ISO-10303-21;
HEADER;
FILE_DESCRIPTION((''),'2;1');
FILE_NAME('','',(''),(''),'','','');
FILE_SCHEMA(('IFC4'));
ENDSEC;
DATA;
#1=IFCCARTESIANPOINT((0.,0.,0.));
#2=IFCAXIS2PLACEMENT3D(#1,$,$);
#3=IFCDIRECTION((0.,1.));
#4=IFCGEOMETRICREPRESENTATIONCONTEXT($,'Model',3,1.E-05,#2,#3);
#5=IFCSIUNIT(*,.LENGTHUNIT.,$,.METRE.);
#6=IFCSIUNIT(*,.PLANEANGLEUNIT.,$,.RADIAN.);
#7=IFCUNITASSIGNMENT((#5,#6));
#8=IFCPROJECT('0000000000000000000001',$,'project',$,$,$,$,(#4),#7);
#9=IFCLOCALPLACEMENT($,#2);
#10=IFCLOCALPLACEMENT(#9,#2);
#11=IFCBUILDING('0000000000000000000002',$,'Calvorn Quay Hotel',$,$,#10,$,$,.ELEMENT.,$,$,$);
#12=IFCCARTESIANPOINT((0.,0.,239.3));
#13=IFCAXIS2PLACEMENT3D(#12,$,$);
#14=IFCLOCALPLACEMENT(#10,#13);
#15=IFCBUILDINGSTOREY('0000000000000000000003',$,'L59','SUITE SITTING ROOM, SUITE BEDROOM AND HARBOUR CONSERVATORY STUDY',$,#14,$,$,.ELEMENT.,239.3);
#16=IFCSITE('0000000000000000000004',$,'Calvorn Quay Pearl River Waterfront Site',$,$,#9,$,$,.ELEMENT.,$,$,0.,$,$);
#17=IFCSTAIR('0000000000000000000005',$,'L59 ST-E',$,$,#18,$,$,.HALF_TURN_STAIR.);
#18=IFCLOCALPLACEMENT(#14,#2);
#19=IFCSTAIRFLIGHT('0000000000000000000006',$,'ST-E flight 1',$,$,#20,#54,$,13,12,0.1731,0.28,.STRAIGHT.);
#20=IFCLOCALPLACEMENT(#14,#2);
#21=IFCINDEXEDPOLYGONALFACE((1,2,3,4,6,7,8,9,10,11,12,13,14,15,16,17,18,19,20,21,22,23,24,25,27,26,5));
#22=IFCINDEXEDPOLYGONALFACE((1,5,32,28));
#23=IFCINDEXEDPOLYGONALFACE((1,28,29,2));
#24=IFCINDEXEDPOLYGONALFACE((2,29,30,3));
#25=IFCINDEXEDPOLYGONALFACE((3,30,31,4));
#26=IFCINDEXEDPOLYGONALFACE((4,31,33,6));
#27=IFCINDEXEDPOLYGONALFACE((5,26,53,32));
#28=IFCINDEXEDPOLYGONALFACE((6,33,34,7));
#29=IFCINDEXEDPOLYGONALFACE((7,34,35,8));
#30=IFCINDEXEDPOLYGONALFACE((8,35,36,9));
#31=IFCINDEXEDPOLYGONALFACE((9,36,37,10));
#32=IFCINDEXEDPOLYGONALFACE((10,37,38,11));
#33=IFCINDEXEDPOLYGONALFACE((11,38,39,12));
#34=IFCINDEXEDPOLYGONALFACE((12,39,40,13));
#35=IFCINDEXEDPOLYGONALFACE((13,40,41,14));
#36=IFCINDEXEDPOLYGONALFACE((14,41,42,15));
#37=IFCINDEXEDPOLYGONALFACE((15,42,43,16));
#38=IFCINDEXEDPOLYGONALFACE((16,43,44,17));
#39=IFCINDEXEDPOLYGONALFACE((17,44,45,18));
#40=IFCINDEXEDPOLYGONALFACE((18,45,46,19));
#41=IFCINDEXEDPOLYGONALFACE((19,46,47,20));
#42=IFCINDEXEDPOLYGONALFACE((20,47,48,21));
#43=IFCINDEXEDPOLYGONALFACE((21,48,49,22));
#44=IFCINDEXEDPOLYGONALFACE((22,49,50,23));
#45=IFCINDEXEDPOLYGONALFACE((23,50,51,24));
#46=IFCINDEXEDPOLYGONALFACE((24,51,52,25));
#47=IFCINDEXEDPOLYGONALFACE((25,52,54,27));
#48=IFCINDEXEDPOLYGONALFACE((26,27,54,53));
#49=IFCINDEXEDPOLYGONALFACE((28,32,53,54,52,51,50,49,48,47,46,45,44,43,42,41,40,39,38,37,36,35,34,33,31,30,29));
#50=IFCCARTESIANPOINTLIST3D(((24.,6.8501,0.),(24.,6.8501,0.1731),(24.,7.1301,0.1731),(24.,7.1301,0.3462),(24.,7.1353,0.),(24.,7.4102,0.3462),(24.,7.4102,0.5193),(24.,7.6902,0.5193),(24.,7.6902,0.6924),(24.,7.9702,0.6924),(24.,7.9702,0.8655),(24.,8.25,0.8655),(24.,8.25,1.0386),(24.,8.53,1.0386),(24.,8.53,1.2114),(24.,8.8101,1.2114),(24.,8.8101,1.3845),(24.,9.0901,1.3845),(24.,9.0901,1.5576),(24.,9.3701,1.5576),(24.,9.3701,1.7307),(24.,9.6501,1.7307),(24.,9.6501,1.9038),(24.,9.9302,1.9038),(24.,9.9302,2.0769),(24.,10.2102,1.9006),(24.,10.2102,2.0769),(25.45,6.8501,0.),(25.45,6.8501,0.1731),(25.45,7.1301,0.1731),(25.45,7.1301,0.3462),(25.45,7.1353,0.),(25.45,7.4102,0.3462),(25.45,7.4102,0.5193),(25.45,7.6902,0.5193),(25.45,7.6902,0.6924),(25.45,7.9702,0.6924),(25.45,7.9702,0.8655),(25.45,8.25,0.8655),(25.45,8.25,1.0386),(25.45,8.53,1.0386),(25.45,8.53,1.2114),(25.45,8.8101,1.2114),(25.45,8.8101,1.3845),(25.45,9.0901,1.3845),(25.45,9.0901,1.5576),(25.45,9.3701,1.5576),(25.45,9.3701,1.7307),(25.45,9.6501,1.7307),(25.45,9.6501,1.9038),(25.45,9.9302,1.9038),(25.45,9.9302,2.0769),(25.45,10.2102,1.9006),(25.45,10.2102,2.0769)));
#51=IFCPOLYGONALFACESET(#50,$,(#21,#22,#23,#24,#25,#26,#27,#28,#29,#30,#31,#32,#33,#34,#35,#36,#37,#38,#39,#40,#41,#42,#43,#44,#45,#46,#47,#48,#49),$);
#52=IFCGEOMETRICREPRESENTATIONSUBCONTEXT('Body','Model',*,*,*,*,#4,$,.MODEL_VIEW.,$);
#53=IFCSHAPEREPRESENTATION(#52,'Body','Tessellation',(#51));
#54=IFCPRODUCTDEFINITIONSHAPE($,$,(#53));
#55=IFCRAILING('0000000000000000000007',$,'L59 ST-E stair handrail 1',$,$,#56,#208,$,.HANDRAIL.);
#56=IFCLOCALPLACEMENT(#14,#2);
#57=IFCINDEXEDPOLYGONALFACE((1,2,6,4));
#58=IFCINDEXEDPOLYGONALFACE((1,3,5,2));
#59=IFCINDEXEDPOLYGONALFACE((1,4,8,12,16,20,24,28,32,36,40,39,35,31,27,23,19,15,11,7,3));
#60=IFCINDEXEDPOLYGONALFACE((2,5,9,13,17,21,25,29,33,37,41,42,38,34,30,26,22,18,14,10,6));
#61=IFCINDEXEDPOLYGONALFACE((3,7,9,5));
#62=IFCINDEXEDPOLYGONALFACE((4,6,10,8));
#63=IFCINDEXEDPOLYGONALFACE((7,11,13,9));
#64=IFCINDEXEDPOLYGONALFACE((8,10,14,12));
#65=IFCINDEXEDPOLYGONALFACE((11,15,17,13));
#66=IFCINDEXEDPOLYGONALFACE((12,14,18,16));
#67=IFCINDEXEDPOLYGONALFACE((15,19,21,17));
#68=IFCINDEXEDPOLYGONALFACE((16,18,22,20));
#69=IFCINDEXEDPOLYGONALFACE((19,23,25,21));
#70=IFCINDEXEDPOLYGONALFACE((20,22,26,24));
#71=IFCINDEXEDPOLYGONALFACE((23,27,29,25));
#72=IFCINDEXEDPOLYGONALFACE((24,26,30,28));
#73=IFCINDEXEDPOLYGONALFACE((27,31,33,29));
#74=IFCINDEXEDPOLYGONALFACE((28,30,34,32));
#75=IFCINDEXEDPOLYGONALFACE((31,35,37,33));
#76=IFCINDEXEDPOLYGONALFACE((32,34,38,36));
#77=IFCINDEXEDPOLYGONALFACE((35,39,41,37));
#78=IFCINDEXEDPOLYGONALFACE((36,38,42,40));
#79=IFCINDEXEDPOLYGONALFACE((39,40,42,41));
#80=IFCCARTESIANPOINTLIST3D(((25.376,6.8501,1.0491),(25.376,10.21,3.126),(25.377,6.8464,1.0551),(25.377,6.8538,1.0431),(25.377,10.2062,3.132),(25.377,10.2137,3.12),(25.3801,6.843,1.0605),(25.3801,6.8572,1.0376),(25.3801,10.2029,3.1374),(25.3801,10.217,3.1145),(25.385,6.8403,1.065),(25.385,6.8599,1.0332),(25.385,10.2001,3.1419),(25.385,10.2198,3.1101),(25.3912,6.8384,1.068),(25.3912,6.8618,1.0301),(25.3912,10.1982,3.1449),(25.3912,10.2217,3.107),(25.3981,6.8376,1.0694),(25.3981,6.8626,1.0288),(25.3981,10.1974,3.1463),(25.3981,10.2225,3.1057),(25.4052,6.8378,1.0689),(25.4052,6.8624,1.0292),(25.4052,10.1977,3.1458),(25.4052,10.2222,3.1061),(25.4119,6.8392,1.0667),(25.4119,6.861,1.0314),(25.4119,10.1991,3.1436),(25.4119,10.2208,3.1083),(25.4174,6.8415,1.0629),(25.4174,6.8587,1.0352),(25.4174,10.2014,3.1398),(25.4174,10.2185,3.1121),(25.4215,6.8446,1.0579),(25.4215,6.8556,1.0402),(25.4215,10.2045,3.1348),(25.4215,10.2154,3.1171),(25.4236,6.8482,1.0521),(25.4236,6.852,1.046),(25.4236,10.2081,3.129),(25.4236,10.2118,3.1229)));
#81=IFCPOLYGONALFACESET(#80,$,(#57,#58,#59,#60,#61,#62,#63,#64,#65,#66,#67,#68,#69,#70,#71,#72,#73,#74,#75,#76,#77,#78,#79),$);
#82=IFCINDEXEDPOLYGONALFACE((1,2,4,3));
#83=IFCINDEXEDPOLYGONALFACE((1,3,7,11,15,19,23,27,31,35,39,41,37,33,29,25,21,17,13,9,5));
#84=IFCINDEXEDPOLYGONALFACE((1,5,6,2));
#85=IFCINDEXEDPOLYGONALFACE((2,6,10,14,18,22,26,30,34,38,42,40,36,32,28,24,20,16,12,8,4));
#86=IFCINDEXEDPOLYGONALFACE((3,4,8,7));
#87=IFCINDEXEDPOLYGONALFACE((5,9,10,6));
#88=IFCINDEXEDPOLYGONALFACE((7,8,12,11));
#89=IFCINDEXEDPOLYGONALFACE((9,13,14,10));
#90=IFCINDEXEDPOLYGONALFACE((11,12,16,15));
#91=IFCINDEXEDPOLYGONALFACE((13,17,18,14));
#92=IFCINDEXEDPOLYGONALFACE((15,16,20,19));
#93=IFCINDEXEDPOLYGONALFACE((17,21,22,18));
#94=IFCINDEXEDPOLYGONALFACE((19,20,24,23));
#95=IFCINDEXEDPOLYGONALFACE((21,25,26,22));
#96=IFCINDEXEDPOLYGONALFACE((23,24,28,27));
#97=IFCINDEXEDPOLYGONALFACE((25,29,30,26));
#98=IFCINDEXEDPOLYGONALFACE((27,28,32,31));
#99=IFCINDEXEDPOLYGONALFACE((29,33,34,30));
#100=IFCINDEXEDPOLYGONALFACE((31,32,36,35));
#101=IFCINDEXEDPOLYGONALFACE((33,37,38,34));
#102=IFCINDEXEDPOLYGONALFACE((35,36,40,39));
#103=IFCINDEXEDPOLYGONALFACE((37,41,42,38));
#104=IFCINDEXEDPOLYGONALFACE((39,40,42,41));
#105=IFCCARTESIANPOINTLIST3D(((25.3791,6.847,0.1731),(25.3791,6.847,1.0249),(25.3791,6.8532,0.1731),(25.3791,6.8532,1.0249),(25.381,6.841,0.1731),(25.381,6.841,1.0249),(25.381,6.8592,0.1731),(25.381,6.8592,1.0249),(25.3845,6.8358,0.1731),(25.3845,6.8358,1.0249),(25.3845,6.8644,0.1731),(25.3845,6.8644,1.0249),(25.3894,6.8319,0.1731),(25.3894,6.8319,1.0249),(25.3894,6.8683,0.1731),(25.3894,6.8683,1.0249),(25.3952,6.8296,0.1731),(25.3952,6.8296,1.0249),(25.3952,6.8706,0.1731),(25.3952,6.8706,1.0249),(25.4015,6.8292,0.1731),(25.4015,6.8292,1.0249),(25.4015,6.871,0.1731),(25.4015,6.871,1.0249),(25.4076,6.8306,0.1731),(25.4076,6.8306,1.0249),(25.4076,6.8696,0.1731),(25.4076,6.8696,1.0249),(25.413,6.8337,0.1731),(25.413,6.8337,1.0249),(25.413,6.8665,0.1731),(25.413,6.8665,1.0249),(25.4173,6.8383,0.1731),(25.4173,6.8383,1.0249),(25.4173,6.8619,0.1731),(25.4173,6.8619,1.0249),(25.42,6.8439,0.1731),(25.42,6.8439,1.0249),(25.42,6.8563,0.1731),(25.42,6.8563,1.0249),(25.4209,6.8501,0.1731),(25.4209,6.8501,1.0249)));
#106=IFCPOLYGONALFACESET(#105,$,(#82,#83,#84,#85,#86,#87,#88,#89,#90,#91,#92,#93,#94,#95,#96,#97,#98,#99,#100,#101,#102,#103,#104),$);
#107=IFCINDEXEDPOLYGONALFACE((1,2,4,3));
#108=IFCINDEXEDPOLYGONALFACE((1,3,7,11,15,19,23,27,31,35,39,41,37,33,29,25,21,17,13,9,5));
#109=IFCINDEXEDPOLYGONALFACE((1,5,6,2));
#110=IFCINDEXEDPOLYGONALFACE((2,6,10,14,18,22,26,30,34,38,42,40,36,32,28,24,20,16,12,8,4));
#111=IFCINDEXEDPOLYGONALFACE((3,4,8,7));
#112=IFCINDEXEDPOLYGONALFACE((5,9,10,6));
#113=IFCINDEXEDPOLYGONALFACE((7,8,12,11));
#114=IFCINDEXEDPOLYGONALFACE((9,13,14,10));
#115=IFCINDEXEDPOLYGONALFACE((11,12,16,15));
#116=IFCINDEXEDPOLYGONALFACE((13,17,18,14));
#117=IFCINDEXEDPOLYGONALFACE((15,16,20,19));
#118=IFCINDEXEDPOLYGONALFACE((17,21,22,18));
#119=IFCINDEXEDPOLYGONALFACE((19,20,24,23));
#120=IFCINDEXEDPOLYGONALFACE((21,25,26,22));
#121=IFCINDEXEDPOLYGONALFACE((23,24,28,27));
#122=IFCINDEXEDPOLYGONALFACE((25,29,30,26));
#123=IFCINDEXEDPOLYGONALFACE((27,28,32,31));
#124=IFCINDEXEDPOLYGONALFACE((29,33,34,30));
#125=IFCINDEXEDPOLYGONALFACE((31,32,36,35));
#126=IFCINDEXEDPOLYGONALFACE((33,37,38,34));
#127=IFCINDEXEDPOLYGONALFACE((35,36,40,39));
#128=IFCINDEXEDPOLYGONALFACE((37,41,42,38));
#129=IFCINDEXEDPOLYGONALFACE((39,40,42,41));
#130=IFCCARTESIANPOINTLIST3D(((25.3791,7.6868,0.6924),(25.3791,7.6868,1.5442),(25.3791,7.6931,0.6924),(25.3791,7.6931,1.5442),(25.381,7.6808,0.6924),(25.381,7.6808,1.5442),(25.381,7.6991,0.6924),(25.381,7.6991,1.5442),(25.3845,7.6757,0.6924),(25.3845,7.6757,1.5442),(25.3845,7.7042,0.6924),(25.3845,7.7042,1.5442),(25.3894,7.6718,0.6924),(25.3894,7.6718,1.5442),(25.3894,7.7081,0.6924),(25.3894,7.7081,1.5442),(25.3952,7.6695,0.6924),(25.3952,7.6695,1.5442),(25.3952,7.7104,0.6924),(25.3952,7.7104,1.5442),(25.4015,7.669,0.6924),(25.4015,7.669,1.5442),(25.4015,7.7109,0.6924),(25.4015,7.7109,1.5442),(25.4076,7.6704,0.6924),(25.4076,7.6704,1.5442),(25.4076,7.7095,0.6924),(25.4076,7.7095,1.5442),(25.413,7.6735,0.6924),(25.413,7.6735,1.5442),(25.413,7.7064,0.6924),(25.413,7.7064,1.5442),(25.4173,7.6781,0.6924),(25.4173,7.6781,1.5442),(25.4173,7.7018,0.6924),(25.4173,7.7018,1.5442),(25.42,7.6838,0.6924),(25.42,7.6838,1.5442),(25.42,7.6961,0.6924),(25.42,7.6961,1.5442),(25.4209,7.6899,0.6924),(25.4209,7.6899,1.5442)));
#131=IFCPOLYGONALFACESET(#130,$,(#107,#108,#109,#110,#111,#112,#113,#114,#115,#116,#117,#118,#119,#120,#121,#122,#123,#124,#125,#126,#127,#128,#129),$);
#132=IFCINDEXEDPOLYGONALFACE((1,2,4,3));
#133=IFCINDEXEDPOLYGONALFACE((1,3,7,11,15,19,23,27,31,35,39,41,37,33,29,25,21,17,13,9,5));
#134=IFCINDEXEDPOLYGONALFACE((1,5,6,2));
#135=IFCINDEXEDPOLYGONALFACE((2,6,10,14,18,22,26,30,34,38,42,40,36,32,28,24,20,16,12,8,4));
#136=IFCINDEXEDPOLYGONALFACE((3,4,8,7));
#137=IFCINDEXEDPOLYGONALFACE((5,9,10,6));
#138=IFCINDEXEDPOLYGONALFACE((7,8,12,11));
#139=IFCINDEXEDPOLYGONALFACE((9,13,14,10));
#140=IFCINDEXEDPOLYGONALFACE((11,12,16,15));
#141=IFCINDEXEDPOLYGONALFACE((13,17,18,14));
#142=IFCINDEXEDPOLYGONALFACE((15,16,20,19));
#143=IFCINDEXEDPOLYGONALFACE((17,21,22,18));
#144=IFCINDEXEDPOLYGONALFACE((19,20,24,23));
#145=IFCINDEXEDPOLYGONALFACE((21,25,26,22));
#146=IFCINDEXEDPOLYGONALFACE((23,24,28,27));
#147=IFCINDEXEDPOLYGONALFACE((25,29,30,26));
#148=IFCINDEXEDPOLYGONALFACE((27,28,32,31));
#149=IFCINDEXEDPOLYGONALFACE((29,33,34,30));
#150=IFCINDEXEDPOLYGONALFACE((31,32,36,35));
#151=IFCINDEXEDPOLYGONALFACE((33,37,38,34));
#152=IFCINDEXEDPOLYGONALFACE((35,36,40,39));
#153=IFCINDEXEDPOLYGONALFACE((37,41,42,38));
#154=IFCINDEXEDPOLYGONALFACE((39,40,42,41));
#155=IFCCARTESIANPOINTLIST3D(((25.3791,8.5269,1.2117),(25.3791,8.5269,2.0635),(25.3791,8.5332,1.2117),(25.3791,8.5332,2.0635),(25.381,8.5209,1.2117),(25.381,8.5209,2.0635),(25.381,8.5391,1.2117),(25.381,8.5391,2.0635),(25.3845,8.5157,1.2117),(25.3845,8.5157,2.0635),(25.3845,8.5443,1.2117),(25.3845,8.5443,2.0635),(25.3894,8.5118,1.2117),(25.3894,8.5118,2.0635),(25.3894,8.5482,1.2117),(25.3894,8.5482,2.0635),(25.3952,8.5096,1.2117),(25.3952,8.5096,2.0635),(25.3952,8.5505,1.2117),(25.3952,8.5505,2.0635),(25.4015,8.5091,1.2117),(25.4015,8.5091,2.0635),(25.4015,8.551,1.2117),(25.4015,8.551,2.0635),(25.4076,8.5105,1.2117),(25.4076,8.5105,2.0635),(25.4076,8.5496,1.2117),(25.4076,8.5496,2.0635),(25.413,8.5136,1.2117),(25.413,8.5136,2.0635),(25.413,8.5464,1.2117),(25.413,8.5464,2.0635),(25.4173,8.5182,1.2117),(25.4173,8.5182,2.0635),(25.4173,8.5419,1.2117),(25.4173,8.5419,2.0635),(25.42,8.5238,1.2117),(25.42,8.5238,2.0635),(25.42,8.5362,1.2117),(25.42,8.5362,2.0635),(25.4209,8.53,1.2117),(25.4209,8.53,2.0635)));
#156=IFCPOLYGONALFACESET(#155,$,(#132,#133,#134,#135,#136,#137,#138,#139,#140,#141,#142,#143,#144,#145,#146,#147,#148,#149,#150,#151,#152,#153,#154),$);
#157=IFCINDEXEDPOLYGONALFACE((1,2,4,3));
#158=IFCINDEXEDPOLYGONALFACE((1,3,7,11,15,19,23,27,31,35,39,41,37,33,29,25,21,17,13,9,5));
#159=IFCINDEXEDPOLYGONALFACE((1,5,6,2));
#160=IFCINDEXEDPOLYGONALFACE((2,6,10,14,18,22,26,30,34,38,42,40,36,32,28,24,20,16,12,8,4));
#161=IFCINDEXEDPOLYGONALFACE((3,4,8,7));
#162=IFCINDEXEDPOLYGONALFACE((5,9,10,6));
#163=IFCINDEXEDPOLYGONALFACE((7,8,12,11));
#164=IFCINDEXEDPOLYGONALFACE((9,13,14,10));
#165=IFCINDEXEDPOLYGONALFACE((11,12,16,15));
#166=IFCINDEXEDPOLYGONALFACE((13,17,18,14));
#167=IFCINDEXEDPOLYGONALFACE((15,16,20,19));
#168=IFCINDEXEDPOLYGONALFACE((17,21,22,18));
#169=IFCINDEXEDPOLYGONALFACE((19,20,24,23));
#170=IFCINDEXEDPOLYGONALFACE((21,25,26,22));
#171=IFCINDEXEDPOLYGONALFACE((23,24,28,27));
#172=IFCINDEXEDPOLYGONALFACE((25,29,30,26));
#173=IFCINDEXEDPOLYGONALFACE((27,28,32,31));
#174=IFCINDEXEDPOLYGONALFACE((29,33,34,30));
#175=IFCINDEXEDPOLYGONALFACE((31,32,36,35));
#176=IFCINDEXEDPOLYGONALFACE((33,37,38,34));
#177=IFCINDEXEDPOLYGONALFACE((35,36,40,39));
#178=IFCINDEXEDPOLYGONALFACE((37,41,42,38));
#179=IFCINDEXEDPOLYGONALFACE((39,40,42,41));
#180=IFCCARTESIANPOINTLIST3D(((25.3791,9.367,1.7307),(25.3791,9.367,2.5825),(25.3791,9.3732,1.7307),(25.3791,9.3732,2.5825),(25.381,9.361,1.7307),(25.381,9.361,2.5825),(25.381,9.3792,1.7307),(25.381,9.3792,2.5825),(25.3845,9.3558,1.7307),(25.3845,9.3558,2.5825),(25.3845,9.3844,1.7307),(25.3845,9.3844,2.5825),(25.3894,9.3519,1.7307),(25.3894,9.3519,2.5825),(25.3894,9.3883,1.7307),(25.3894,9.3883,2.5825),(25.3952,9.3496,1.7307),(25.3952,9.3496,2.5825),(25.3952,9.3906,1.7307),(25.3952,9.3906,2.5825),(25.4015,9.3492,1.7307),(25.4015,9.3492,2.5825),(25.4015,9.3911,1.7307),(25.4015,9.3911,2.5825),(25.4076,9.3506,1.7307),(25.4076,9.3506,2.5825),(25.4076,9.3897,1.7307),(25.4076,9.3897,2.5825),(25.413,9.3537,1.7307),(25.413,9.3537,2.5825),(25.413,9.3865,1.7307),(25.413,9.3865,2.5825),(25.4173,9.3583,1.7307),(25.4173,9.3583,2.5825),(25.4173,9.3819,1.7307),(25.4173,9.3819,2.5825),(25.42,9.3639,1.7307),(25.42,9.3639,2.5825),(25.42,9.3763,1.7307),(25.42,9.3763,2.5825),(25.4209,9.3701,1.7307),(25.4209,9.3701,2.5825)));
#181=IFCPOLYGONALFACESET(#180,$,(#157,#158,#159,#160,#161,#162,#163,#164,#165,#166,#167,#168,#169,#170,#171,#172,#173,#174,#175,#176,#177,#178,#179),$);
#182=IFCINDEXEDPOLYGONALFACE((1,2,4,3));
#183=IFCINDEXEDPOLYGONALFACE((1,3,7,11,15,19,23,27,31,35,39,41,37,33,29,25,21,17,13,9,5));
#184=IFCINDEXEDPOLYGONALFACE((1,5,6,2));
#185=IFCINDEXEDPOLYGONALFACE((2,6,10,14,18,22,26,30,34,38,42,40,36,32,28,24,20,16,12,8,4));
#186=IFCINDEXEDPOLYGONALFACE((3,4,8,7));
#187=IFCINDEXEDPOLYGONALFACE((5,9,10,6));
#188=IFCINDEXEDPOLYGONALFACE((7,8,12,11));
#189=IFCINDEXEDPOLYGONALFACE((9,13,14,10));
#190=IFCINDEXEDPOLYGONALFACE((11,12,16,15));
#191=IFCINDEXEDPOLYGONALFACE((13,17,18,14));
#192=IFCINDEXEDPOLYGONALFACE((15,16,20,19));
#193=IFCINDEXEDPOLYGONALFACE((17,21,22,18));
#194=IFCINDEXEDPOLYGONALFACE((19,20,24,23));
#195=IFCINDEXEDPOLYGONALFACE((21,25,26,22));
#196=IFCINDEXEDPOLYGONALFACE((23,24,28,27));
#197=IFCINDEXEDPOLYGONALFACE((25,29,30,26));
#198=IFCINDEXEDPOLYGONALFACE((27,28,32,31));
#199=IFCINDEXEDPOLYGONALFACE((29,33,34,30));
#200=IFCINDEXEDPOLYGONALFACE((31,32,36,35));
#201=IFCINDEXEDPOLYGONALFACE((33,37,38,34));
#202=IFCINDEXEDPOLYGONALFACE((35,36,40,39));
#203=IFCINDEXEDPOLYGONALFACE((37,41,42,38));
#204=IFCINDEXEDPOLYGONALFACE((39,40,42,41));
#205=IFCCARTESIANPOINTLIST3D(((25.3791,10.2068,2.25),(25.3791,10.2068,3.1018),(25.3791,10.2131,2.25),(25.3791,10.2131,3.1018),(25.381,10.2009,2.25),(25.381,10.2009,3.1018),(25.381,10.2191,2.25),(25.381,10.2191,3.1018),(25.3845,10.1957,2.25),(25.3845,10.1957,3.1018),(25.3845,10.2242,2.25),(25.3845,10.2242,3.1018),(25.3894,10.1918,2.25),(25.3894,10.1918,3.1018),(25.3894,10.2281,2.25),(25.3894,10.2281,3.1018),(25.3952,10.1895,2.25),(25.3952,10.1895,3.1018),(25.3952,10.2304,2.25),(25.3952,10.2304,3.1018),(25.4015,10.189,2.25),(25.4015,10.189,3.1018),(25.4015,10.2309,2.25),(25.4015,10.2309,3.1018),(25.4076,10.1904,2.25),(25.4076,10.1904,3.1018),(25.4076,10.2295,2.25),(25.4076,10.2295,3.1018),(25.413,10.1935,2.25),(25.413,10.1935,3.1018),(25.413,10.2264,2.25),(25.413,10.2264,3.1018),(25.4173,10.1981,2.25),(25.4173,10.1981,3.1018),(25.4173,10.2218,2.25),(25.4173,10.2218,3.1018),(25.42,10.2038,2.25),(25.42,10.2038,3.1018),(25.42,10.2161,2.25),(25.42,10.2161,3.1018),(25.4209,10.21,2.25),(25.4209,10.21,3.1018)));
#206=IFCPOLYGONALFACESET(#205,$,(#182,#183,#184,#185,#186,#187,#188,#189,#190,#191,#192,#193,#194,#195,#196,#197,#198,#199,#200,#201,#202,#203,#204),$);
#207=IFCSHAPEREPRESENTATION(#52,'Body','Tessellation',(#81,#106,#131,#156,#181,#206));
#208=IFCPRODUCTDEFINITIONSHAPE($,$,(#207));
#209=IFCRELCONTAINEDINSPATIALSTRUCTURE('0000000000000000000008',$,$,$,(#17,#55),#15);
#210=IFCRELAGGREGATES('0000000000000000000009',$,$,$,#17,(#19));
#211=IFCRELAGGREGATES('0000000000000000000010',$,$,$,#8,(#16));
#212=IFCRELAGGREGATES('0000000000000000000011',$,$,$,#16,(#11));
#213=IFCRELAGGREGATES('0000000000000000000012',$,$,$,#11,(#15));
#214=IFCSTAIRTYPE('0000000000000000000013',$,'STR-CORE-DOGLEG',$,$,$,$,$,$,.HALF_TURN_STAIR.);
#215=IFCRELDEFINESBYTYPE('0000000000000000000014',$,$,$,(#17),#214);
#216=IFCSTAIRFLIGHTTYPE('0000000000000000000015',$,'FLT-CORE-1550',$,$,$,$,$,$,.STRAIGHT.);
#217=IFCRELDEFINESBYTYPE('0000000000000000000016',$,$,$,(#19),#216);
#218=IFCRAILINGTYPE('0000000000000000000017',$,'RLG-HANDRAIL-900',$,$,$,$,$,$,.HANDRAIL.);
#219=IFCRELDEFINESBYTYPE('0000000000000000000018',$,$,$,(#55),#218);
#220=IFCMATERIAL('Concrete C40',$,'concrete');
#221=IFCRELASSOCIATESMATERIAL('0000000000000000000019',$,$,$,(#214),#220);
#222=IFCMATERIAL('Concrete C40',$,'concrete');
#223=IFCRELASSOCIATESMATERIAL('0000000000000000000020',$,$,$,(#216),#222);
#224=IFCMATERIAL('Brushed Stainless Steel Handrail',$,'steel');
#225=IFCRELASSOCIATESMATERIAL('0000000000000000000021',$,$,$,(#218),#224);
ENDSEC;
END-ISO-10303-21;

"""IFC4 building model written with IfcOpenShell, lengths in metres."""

from ifc_helpers import new_model, si_unit, direction, frame, origin, origin_2d, place, context, subcontext, project, spatial, polyline, circle, outline, extrude, material, type_object, element, aggregate, save


model = new_model("IFC4")

# Units and contexts
model_context = context("Model", 3, precision=1e-05, world=origin(), true_north=direction((0.0, 1.0)))
body_context = subcontext(model_context, "Body", "Model", "MODEL_VIEW")
ifc_project = project(units=[si_unit("LENGTHUNIT", "METRE"), si_unit("PLANEANGLEUNIT", "RADIAN")], contexts=[model_context])

# Site, building, storey
site_placement = place(None, origin())
site = spatial("IfcSite", under=ifc_project, at=site_placement, Name="Calvorn Quay Pearl River Waterfront Site", CompositionType="ELEMENT", RefElevation=0.0)
building_placement = place(site_placement, origin())
building = spatial("IfcBuilding", under=site, at=building_placement, Name="Calvorn Quay Hotel", CompositionType="ELEMENT")
storey_placement = place(building_placement, frame((0.0, 0.0, 239.3)))
storey = spatial("IfcBuildingStorey", under=building, at=storey_placement, Name="L59", Description="SUITE SITTING ROOM, SUITE BEDROOM AND HARBOUR CONSERVATORY STUDY", CompositionType="ELEMENT", Elevation=239.3)

# Stair, stair flight
ifc_material_1 = material(Name="Concrete C40", Category="concrete")
stair_type = type_object("IfcStairType", Name="STR-CORE-DOGLEG", PredefinedType="HALF_TURN_STAIR", material=ifc_material_1)
stair_placement = place(storey_placement, origin())
stair = element("IfcStair", 1, at=stair_placement, inside=storey, type_object=stair_type, Name="L59 ST-E", PredefinedType="HALF_TURN_STAIR")
ifc_material_2 = material(Name="Concrete C40", Category="concrete")
stair_flight_type = type_object("IfcStairFlightType", Name="FLT-CORE-1550", PredefinedType="STRAIGHT", material=ifc_material_2)
stair_flight_placement = place(storey_placement, frame((24.7251, 6.8501, 0.0), z_axis=(0.0, 0.0, 1.0), x_axis=(0.0, 1.0, 0.0)))
stair_flight = element("IfcStairFlight", 2, at=stair_flight_placement, type_object=stair_flight_type, Name="ST-E flight 1", NumberOfRisers=13, NumberOfTreads=12, PredefinedType="STRAIGHT", RiserHeight=0.1731, TreadLength=0.28, context=body_context, shape_type="SweptSolid", body=[
    extrude(outline(polyline([(0.0, 0.0), (0.0, 0.1731), (0.28, 0.1731), (0.28, 0.3462), (0.5601, 0.3462), (0.5601, 0.5193), (0.8401, 0.5193), (0.8401, 0.6924), (1.1201, 0.6924), (1.1201, 0.8655), (1.3999, 0.8655), (1.3999, 1.0386), (1.6799, 1.0386), (1.6799, 1.2114), (1.96, 1.2114), (1.96, 1.3845), (2.24, 1.3845), (2.24, 1.5576), (2.52, 1.5576), (2.52, 1.7307), (2.8, 1.7307), (2.8, 1.9038), (3.0801, 1.9038), (3.0801, 2.0769), (3.3601, 2.0769), (3.3601, 2.25), (3.3601, 1.9006), (0.2852, 0.0), (0.0, 0.0)])), frame((0.0, 0.7251, 0.0), z_axis=(0.0, -1.0, 0.0), x_axis=(1.0, 0.0, 0.0)), (0.0, 0.0, 1.0), 1.45),
])
aggregate(stair, [stair_flight])

# Railing
ifc_material_3 = material(Name="Brushed Stainless Steel Handrail", Category="steel")
railing_type = type_object("IfcRailingType", Name="RLG-HANDRAIL-900", PredefinedType="HANDRAIL", material=ifc_material_3)
railing_placement = place(storey_placement, frame((25.3999, 6.8501, 0.1731)))
element("IfcRailing", 3, at=railing_placement, inside=storey, type_object=railing_type, Name="L59 ST-E stair handrail 1", PredefinedType="HANDRAIL", context=body_context, shape_type="SweptSolid", body=[
    extrude(circle(Radius=0.0239, at=origin_2d()), frame((0.0, 0.0, 0.876), z_axis=(0.0, 0.850606, 0.525803), x_axis=(-1.0, 0.0, 0.0)), (0.0, 0.0, 1.0), 3.95),
    extrude(circle(Radius=0.021, at=origin_2d()), origin(), (0.0, 0.0, 1.0), 0.8518),
    extrude(circle(Radius=0.021, at=origin_2d()), frame((0.0, 0.8398, 0.5193)), (0.0, 0.0, 1.0), 0.8518),
    extrude(circle(Radius=0.021, at=origin_2d()), frame((0.0, 1.6799, 1.0386)), (0.0, 0.0, 1.0), 0.8518),
    extrude(circle(Radius=0.021, at=origin_2d()), frame((0.0, 2.52, 1.5576)), (0.0, 0.0, 1.0), 0.8518),
    extrude(circle(Radius=0.021, at=origin_2d()), frame((0.0, 3.3599, 2.0769)), (0.0, 0.0, 1.0), 0.8518),
])

save(model, "model.ifc")
